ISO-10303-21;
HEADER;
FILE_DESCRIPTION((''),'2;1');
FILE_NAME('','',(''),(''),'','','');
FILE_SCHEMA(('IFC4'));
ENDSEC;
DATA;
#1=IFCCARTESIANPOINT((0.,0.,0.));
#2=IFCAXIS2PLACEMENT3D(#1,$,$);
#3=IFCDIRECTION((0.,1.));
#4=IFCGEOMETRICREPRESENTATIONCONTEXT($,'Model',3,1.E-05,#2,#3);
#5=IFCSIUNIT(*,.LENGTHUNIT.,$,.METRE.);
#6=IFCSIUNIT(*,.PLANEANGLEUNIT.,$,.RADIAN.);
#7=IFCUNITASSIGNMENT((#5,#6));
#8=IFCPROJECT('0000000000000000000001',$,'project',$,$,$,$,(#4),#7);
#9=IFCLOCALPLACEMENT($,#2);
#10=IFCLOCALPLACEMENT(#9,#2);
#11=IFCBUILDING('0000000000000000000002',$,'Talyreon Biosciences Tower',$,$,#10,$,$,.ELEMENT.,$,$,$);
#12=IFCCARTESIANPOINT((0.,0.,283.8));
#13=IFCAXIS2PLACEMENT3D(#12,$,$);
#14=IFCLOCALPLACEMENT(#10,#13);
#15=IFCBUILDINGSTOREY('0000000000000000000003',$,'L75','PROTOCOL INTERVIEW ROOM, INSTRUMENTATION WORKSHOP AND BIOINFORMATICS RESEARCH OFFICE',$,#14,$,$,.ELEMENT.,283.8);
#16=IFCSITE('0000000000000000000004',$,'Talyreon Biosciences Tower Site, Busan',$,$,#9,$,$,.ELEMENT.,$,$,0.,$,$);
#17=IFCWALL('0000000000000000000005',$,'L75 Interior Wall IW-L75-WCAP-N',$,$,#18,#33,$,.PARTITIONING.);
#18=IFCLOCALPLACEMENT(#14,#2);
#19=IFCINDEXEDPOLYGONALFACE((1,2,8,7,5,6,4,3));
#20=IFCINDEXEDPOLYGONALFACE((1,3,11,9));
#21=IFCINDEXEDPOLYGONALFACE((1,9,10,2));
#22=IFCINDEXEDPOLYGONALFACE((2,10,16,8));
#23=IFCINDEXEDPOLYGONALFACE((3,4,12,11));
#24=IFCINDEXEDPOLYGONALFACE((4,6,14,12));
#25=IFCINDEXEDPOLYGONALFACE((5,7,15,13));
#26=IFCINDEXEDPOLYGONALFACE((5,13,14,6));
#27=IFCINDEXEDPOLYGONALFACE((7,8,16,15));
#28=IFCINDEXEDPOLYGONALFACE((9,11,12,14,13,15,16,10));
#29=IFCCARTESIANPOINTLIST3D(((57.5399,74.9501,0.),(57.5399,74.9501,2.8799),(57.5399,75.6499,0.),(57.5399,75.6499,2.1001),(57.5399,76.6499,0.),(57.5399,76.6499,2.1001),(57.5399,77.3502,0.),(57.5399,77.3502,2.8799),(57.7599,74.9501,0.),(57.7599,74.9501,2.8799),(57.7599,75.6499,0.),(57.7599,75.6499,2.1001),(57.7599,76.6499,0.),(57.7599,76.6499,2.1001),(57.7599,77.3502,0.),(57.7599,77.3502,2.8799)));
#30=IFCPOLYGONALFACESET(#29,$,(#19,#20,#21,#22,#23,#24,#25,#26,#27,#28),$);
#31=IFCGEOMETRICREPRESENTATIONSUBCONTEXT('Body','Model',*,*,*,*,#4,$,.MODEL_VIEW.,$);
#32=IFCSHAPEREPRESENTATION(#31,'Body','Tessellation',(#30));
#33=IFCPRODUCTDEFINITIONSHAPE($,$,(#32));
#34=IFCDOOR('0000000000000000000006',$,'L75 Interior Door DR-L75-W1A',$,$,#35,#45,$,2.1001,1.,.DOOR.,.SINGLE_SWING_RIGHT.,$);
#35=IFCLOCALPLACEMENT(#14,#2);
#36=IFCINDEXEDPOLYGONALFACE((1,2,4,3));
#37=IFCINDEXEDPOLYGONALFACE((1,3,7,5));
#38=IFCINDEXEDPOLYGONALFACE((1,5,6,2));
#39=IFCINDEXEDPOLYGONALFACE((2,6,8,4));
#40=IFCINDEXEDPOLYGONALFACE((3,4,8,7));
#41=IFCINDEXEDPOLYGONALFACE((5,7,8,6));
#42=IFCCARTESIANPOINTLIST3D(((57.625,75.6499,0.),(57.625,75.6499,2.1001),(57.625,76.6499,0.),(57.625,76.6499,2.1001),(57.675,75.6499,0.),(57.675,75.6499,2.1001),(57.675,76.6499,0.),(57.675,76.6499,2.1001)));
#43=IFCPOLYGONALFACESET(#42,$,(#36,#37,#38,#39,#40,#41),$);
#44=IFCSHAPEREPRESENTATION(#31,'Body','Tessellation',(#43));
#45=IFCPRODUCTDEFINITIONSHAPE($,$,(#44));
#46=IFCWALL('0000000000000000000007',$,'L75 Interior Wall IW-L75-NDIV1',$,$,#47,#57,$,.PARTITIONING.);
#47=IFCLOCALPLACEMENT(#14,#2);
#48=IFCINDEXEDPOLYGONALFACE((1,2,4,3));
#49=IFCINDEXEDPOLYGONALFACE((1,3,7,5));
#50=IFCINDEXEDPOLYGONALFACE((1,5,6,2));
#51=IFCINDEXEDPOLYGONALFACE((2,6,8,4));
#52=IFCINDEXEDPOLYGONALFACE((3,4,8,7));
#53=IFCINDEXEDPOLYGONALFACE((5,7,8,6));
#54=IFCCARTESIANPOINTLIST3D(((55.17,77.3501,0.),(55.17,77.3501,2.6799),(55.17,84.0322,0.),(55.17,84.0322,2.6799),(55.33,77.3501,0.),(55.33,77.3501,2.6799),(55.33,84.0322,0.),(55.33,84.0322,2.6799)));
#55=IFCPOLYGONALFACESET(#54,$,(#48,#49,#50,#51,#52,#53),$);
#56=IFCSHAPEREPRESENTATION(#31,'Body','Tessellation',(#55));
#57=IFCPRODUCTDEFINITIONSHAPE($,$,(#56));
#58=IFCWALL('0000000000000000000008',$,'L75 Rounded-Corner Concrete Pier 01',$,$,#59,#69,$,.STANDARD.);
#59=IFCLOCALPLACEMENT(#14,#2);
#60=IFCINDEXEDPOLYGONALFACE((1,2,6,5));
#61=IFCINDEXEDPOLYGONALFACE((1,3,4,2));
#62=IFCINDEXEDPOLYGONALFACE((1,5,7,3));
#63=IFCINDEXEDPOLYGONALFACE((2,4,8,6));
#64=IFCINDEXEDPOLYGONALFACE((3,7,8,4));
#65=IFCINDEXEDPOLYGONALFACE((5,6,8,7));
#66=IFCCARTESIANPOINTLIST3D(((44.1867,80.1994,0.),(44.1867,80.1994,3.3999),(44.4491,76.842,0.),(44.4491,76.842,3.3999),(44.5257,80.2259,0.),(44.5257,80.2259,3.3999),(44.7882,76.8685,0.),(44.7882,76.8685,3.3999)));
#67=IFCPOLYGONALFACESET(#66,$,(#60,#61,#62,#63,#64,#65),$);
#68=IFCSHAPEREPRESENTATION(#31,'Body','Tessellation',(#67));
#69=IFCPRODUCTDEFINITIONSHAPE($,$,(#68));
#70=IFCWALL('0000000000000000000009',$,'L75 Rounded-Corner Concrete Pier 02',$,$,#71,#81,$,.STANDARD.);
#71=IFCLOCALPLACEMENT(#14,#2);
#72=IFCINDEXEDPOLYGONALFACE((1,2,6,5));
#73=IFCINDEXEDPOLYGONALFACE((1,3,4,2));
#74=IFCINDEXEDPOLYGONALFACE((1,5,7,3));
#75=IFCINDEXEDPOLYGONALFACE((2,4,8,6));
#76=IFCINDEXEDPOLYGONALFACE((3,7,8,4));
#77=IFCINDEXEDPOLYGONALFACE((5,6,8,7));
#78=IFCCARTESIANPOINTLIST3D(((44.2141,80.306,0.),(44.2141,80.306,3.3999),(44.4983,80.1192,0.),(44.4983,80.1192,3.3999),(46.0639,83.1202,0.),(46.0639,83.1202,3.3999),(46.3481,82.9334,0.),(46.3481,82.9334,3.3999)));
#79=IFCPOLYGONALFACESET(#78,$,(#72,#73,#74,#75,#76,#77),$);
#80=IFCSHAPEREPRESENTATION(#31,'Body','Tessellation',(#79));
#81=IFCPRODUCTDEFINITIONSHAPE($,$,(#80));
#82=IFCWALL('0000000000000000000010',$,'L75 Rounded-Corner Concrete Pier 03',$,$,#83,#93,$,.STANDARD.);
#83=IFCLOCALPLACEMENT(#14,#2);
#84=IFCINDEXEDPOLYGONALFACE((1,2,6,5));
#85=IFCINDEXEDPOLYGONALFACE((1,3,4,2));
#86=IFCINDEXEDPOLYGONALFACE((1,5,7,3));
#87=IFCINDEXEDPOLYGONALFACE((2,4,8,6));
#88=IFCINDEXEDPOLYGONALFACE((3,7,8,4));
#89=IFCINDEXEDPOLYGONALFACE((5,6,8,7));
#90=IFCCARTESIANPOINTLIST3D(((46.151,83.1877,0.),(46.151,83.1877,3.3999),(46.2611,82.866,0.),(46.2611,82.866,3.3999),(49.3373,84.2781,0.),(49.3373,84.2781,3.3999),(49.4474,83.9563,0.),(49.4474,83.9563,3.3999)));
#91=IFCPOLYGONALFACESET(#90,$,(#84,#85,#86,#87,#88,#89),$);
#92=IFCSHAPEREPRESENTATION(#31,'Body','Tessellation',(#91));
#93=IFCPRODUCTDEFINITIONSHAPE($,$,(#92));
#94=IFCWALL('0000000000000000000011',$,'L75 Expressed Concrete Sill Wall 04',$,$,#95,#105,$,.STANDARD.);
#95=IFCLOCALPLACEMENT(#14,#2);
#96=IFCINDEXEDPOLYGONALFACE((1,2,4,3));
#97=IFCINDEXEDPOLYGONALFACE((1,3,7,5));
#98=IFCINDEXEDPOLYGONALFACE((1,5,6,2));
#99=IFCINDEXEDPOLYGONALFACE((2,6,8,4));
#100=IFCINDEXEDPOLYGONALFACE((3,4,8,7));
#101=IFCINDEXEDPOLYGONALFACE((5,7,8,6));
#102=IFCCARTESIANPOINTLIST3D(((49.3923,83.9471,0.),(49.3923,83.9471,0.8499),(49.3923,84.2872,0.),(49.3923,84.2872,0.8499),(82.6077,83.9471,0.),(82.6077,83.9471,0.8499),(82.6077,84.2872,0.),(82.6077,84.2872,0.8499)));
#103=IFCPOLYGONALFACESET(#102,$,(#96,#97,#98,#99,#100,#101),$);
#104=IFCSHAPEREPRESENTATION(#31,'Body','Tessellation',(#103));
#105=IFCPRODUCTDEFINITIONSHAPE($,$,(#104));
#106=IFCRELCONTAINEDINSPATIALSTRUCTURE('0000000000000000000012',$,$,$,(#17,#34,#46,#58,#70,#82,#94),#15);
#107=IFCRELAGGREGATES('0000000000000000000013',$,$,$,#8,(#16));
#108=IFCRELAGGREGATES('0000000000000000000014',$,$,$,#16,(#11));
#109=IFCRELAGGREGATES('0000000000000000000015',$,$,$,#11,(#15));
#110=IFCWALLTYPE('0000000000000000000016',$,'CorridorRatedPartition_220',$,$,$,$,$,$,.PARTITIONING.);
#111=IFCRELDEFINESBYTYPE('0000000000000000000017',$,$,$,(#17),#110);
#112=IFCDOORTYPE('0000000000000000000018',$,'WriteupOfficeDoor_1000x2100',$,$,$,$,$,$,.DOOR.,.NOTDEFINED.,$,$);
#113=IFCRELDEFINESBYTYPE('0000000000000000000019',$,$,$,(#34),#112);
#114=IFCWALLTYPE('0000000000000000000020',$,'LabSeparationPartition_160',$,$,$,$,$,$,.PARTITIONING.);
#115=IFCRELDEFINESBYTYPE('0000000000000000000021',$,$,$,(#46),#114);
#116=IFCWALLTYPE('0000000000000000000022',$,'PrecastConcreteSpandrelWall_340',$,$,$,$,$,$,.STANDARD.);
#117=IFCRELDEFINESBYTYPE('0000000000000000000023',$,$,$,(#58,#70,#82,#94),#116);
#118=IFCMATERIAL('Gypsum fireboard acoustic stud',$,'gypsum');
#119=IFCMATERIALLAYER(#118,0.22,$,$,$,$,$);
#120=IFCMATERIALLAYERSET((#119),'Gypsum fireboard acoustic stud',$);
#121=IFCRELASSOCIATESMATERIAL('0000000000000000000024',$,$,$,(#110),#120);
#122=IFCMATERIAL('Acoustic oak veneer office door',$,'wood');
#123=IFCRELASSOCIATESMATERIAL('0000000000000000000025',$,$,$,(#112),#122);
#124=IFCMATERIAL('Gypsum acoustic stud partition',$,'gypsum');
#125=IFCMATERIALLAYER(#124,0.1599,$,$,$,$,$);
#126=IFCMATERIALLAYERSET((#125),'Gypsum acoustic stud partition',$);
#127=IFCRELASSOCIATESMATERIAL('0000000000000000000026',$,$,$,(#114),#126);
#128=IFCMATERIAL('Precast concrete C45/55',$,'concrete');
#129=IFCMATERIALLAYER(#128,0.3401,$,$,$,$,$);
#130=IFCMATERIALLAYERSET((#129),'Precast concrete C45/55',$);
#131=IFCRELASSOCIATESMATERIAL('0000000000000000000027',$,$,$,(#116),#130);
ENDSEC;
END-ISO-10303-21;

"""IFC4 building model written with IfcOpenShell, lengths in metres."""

from ifc_helpers import new_model, si_unit, direction, frame, frame_2d, origin, place, context, subcontext, project, spatial, rectangle, extrude, material, layer, layer_set, type_object, element, fill, save


model = new_model("IFC4")

# Units and contexts
model_context = context("Model", 3, precision=1e-05, world=origin(), true_north=direction((0.0, 1.0)))
body_context = subcontext(model_context, "Body", "Model", "MODEL_VIEW")
ifc_project = project(units=[si_unit("LENGTHUNIT", "METRE"), si_unit("PLANEANGLEUNIT", "RADIAN")], contexts=[model_context])

# Site, building, storey
site_placement = place(None, origin())
site = spatial("IfcSite", under=ifc_project, at=site_placement, Name="Talyreon Biosciences Tower Site, Busan", CompositionType="ELEMENT", RefElevation=0.0)
building_placement = place(site_placement, origin())
building = spatial("IfcBuilding", under=site, at=building_placement, Name="Talyreon Biosciences Tower", CompositionType="ELEMENT")
storey_placement = place(building_placement, frame((0.0, 0.0, 283.8)))
storey = spatial("IfcBuildingStorey", under=building, at=storey_placement, Name="L75", Description="PROTOCOL INTERVIEW ROOM, INSTRUMENTATION WORKSHOP AND BIOINFORMATICS RESEARCH OFFICE", CompositionType="ELEMENT", Elevation=283.8)

# Shared definitions
ifc_material_1 = material(Name="Precast concrete C45/55", Category="concrete")

# Shared definitions
ifc_material_2 = material(Name="Gypsum fireboard acoustic stud", Category="gypsum")
ifc_layer_1 = layer(ifc_material_2, 0.22)
ifc_layer_set_1 = layer_set([ifc_layer_1], Name="Gypsum fireboard acoustic stud")
wall_type_1 = type_object("IfcWallType", Name="CorridorRatedPartition_220", PredefinedType="PARTITIONING", material=ifc_layer_set_1)
ifc_material_3 = material(Name="Acoustic oak veneer office door", Category="wood")
door_type_1 = type_object("IfcDoorType", Name="WriteupOfficeDoor_1000x2100", OperationType="NOTDEFINED", PredefinedType="DOOR", material=ifc_material_3)

# Wall, opening, door
wall_1_placement = place(storey_placement, frame((57.6499, 74.95, 0.0), z_axis=(0.0, 0.0, 1.0), x_axis=(0.0, 1.0, 0.0)))
wall_1 = element("IfcWall", 1, at=wall_1_placement, inside=storey, type_object=wall_type_1, Name="L75 Interior Wall IW-L75-WCAP-N", PredefinedType="PARTITIONING", context=body_context, shape_type="SweptSolid", body=[
    extrude(rectangle(XDim=2.4001, YDim=0.22, at=frame_2d((1.2002, 0.0))), origin(), (0.0, 0.0, 1.0), 2.8799),
])
opening_1_placement = place(wall_1_placement, frame((0.7, 0.0, 0.0)))
opening_1 = element("IfcOpeningElement", 2, at=opening_1_placement, cuts=wall_1, PredefinedType="OPENING", context=body_context, shape_type="SweptSolid", body=[
    extrude(rectangle(XDim=1.0, YDim=2.1001, at=frame_2d((0.5, 1.05))), frame((0.0, 0.1199, 0.0), z_axis=(0.0, -1.0, 0.0), x_axis=(1.0, 0.0, 0.0)), (0.0, 0.0, 1.0), 0.24),
])
door_1_placement = place(opening_1_placement, origin())
door_1 = element("IfcDoor", 3, at=door_1_placement, inside=storey, type_object=door_type_1, Name="L75 Interior Door DR-L75-W1A", OperationType="SINGLE_SWING_RIGHT", OverallHeight=2.1001, OverallWidth=1.0, PredefinedType="DOOR", context=body_context, shape_type="SweptSolid", body=[
    extrude(rectangle(XDim=1.0, YDim=2.1001, at=frame_2d((0.5, 1.05))), frame((0.0, 0.0249, 0.0), z_axis=(0.0, -1.0, 0.0), x_axis=(1.0, 0.0, 0.0)), (0.0, 0.0, 1.0), 0.05),
])
fill(opening_1, door_1)

# Walls
ifc_material_4 = material(Name="Gypsum acoustic stud partition", Category="gypsum")
ifc_layer_2 = layer(ifc_material_4, 0.1599)
ifc_layer_set_2 = layer_set([ifc_layer_2], Name="Gypsum acoustic stud partition")
wall_type_2 = type_object("IfcWallType", Name="LabSeparationPartition_160", PredefinedType="PARTITIONING", material=ifc_layer_set_2)
wall_2_placement = place(storey_placement, frame((55.25, 77.3501, 0.0), z_axis=(0.0, 0.0, 1.0), x_axis=(0.0, 1.0, 0.0)))
element("IfcWall", 4, at=wall_2_placement, inside=storey, type_object=wall_type_2, Name="L75 Interior Wall IW-L75-NDIV1", PredefinedType="PARTITIONING", context=body_context, shape_type="SweptSolid", body=[
    extrude(rectangle(XDim=6.6821, YDim=0.1599, at=frame_2d((3.3411, 0.0))), origin(), (0.0, 0.0, 1.0), 2.6799),
])
ifc_layer_3 = layer(ifc_material_1, 0.3401)
ifc_layer_set_3 = layer_set([ifc_layer_3], Name="Precast concrete C45/55")
wall_type_3 = type_object("IfcWallType", Name="PrecastConcreteSpandrelWall_340", PredefinedType="STANDARD", material=ifc_layer_set_3)
for number, where, z_axis, x_axis, name in (
    (5, (44.6187, 76.8552, 0.0), (0.0, 0.0, 1.0), (-0.077933, 0.996959, 0.0), "L75 Rounded-Corner Concrete Pier 01"),
    (6, (44.3562, 80.2126, 0.0), (0.0, 0.0, 1.0), (0.549285, 0.835635, 0.0), "L75 Rounded-Corner Concrete Pier 02"),
    (7, (46.2061, 83.0269, 0.0), (0.0, 0.0, 1.0), (0.946138, 0.323765, 0.0), "L75 Rounded-Corner Concrete Pier 03"),
):
    element("IfcWall", number, at=place(storey_placement, frame(where, z_axis=z_axis, x_axis=x_axis)), inside=storey, type_object=wall_type_3, Name=name, PredefinedType="STANDARD", context=body_context, shape_type="SweptSolid", body=[
        extrude(rectangle(XDim=3.3677, YDim=0.3401, at=frame_2d((1.6838, 0.0))), origin(), (0.0, 0.0, 1.0), 3.3999),
    ])
wall_3_placement = place(storey_placement, frame((49.3923, 84.1172, 0.0), z_axis=(0.0, 0.0, 1.0), x_axis=(1.0, 0.0, 0.0)))
element("IfcWall", 8, at=wall_3_placement, inside=storey, type_object=wall_type_3, Name="L75 Expressed Concrete Sill Wall 04", PredefinedType="STANDARD", context=body_context, shape_type="SweptSolid", body=[
    extrude(rectangle(XDim=33.2153, YDim=0.3401, at=frame_2d((16.6077, 0.0))), origin(), (0.0, 0.0, 1.0), 0.8499),
])

save(model, "model.ifc")
